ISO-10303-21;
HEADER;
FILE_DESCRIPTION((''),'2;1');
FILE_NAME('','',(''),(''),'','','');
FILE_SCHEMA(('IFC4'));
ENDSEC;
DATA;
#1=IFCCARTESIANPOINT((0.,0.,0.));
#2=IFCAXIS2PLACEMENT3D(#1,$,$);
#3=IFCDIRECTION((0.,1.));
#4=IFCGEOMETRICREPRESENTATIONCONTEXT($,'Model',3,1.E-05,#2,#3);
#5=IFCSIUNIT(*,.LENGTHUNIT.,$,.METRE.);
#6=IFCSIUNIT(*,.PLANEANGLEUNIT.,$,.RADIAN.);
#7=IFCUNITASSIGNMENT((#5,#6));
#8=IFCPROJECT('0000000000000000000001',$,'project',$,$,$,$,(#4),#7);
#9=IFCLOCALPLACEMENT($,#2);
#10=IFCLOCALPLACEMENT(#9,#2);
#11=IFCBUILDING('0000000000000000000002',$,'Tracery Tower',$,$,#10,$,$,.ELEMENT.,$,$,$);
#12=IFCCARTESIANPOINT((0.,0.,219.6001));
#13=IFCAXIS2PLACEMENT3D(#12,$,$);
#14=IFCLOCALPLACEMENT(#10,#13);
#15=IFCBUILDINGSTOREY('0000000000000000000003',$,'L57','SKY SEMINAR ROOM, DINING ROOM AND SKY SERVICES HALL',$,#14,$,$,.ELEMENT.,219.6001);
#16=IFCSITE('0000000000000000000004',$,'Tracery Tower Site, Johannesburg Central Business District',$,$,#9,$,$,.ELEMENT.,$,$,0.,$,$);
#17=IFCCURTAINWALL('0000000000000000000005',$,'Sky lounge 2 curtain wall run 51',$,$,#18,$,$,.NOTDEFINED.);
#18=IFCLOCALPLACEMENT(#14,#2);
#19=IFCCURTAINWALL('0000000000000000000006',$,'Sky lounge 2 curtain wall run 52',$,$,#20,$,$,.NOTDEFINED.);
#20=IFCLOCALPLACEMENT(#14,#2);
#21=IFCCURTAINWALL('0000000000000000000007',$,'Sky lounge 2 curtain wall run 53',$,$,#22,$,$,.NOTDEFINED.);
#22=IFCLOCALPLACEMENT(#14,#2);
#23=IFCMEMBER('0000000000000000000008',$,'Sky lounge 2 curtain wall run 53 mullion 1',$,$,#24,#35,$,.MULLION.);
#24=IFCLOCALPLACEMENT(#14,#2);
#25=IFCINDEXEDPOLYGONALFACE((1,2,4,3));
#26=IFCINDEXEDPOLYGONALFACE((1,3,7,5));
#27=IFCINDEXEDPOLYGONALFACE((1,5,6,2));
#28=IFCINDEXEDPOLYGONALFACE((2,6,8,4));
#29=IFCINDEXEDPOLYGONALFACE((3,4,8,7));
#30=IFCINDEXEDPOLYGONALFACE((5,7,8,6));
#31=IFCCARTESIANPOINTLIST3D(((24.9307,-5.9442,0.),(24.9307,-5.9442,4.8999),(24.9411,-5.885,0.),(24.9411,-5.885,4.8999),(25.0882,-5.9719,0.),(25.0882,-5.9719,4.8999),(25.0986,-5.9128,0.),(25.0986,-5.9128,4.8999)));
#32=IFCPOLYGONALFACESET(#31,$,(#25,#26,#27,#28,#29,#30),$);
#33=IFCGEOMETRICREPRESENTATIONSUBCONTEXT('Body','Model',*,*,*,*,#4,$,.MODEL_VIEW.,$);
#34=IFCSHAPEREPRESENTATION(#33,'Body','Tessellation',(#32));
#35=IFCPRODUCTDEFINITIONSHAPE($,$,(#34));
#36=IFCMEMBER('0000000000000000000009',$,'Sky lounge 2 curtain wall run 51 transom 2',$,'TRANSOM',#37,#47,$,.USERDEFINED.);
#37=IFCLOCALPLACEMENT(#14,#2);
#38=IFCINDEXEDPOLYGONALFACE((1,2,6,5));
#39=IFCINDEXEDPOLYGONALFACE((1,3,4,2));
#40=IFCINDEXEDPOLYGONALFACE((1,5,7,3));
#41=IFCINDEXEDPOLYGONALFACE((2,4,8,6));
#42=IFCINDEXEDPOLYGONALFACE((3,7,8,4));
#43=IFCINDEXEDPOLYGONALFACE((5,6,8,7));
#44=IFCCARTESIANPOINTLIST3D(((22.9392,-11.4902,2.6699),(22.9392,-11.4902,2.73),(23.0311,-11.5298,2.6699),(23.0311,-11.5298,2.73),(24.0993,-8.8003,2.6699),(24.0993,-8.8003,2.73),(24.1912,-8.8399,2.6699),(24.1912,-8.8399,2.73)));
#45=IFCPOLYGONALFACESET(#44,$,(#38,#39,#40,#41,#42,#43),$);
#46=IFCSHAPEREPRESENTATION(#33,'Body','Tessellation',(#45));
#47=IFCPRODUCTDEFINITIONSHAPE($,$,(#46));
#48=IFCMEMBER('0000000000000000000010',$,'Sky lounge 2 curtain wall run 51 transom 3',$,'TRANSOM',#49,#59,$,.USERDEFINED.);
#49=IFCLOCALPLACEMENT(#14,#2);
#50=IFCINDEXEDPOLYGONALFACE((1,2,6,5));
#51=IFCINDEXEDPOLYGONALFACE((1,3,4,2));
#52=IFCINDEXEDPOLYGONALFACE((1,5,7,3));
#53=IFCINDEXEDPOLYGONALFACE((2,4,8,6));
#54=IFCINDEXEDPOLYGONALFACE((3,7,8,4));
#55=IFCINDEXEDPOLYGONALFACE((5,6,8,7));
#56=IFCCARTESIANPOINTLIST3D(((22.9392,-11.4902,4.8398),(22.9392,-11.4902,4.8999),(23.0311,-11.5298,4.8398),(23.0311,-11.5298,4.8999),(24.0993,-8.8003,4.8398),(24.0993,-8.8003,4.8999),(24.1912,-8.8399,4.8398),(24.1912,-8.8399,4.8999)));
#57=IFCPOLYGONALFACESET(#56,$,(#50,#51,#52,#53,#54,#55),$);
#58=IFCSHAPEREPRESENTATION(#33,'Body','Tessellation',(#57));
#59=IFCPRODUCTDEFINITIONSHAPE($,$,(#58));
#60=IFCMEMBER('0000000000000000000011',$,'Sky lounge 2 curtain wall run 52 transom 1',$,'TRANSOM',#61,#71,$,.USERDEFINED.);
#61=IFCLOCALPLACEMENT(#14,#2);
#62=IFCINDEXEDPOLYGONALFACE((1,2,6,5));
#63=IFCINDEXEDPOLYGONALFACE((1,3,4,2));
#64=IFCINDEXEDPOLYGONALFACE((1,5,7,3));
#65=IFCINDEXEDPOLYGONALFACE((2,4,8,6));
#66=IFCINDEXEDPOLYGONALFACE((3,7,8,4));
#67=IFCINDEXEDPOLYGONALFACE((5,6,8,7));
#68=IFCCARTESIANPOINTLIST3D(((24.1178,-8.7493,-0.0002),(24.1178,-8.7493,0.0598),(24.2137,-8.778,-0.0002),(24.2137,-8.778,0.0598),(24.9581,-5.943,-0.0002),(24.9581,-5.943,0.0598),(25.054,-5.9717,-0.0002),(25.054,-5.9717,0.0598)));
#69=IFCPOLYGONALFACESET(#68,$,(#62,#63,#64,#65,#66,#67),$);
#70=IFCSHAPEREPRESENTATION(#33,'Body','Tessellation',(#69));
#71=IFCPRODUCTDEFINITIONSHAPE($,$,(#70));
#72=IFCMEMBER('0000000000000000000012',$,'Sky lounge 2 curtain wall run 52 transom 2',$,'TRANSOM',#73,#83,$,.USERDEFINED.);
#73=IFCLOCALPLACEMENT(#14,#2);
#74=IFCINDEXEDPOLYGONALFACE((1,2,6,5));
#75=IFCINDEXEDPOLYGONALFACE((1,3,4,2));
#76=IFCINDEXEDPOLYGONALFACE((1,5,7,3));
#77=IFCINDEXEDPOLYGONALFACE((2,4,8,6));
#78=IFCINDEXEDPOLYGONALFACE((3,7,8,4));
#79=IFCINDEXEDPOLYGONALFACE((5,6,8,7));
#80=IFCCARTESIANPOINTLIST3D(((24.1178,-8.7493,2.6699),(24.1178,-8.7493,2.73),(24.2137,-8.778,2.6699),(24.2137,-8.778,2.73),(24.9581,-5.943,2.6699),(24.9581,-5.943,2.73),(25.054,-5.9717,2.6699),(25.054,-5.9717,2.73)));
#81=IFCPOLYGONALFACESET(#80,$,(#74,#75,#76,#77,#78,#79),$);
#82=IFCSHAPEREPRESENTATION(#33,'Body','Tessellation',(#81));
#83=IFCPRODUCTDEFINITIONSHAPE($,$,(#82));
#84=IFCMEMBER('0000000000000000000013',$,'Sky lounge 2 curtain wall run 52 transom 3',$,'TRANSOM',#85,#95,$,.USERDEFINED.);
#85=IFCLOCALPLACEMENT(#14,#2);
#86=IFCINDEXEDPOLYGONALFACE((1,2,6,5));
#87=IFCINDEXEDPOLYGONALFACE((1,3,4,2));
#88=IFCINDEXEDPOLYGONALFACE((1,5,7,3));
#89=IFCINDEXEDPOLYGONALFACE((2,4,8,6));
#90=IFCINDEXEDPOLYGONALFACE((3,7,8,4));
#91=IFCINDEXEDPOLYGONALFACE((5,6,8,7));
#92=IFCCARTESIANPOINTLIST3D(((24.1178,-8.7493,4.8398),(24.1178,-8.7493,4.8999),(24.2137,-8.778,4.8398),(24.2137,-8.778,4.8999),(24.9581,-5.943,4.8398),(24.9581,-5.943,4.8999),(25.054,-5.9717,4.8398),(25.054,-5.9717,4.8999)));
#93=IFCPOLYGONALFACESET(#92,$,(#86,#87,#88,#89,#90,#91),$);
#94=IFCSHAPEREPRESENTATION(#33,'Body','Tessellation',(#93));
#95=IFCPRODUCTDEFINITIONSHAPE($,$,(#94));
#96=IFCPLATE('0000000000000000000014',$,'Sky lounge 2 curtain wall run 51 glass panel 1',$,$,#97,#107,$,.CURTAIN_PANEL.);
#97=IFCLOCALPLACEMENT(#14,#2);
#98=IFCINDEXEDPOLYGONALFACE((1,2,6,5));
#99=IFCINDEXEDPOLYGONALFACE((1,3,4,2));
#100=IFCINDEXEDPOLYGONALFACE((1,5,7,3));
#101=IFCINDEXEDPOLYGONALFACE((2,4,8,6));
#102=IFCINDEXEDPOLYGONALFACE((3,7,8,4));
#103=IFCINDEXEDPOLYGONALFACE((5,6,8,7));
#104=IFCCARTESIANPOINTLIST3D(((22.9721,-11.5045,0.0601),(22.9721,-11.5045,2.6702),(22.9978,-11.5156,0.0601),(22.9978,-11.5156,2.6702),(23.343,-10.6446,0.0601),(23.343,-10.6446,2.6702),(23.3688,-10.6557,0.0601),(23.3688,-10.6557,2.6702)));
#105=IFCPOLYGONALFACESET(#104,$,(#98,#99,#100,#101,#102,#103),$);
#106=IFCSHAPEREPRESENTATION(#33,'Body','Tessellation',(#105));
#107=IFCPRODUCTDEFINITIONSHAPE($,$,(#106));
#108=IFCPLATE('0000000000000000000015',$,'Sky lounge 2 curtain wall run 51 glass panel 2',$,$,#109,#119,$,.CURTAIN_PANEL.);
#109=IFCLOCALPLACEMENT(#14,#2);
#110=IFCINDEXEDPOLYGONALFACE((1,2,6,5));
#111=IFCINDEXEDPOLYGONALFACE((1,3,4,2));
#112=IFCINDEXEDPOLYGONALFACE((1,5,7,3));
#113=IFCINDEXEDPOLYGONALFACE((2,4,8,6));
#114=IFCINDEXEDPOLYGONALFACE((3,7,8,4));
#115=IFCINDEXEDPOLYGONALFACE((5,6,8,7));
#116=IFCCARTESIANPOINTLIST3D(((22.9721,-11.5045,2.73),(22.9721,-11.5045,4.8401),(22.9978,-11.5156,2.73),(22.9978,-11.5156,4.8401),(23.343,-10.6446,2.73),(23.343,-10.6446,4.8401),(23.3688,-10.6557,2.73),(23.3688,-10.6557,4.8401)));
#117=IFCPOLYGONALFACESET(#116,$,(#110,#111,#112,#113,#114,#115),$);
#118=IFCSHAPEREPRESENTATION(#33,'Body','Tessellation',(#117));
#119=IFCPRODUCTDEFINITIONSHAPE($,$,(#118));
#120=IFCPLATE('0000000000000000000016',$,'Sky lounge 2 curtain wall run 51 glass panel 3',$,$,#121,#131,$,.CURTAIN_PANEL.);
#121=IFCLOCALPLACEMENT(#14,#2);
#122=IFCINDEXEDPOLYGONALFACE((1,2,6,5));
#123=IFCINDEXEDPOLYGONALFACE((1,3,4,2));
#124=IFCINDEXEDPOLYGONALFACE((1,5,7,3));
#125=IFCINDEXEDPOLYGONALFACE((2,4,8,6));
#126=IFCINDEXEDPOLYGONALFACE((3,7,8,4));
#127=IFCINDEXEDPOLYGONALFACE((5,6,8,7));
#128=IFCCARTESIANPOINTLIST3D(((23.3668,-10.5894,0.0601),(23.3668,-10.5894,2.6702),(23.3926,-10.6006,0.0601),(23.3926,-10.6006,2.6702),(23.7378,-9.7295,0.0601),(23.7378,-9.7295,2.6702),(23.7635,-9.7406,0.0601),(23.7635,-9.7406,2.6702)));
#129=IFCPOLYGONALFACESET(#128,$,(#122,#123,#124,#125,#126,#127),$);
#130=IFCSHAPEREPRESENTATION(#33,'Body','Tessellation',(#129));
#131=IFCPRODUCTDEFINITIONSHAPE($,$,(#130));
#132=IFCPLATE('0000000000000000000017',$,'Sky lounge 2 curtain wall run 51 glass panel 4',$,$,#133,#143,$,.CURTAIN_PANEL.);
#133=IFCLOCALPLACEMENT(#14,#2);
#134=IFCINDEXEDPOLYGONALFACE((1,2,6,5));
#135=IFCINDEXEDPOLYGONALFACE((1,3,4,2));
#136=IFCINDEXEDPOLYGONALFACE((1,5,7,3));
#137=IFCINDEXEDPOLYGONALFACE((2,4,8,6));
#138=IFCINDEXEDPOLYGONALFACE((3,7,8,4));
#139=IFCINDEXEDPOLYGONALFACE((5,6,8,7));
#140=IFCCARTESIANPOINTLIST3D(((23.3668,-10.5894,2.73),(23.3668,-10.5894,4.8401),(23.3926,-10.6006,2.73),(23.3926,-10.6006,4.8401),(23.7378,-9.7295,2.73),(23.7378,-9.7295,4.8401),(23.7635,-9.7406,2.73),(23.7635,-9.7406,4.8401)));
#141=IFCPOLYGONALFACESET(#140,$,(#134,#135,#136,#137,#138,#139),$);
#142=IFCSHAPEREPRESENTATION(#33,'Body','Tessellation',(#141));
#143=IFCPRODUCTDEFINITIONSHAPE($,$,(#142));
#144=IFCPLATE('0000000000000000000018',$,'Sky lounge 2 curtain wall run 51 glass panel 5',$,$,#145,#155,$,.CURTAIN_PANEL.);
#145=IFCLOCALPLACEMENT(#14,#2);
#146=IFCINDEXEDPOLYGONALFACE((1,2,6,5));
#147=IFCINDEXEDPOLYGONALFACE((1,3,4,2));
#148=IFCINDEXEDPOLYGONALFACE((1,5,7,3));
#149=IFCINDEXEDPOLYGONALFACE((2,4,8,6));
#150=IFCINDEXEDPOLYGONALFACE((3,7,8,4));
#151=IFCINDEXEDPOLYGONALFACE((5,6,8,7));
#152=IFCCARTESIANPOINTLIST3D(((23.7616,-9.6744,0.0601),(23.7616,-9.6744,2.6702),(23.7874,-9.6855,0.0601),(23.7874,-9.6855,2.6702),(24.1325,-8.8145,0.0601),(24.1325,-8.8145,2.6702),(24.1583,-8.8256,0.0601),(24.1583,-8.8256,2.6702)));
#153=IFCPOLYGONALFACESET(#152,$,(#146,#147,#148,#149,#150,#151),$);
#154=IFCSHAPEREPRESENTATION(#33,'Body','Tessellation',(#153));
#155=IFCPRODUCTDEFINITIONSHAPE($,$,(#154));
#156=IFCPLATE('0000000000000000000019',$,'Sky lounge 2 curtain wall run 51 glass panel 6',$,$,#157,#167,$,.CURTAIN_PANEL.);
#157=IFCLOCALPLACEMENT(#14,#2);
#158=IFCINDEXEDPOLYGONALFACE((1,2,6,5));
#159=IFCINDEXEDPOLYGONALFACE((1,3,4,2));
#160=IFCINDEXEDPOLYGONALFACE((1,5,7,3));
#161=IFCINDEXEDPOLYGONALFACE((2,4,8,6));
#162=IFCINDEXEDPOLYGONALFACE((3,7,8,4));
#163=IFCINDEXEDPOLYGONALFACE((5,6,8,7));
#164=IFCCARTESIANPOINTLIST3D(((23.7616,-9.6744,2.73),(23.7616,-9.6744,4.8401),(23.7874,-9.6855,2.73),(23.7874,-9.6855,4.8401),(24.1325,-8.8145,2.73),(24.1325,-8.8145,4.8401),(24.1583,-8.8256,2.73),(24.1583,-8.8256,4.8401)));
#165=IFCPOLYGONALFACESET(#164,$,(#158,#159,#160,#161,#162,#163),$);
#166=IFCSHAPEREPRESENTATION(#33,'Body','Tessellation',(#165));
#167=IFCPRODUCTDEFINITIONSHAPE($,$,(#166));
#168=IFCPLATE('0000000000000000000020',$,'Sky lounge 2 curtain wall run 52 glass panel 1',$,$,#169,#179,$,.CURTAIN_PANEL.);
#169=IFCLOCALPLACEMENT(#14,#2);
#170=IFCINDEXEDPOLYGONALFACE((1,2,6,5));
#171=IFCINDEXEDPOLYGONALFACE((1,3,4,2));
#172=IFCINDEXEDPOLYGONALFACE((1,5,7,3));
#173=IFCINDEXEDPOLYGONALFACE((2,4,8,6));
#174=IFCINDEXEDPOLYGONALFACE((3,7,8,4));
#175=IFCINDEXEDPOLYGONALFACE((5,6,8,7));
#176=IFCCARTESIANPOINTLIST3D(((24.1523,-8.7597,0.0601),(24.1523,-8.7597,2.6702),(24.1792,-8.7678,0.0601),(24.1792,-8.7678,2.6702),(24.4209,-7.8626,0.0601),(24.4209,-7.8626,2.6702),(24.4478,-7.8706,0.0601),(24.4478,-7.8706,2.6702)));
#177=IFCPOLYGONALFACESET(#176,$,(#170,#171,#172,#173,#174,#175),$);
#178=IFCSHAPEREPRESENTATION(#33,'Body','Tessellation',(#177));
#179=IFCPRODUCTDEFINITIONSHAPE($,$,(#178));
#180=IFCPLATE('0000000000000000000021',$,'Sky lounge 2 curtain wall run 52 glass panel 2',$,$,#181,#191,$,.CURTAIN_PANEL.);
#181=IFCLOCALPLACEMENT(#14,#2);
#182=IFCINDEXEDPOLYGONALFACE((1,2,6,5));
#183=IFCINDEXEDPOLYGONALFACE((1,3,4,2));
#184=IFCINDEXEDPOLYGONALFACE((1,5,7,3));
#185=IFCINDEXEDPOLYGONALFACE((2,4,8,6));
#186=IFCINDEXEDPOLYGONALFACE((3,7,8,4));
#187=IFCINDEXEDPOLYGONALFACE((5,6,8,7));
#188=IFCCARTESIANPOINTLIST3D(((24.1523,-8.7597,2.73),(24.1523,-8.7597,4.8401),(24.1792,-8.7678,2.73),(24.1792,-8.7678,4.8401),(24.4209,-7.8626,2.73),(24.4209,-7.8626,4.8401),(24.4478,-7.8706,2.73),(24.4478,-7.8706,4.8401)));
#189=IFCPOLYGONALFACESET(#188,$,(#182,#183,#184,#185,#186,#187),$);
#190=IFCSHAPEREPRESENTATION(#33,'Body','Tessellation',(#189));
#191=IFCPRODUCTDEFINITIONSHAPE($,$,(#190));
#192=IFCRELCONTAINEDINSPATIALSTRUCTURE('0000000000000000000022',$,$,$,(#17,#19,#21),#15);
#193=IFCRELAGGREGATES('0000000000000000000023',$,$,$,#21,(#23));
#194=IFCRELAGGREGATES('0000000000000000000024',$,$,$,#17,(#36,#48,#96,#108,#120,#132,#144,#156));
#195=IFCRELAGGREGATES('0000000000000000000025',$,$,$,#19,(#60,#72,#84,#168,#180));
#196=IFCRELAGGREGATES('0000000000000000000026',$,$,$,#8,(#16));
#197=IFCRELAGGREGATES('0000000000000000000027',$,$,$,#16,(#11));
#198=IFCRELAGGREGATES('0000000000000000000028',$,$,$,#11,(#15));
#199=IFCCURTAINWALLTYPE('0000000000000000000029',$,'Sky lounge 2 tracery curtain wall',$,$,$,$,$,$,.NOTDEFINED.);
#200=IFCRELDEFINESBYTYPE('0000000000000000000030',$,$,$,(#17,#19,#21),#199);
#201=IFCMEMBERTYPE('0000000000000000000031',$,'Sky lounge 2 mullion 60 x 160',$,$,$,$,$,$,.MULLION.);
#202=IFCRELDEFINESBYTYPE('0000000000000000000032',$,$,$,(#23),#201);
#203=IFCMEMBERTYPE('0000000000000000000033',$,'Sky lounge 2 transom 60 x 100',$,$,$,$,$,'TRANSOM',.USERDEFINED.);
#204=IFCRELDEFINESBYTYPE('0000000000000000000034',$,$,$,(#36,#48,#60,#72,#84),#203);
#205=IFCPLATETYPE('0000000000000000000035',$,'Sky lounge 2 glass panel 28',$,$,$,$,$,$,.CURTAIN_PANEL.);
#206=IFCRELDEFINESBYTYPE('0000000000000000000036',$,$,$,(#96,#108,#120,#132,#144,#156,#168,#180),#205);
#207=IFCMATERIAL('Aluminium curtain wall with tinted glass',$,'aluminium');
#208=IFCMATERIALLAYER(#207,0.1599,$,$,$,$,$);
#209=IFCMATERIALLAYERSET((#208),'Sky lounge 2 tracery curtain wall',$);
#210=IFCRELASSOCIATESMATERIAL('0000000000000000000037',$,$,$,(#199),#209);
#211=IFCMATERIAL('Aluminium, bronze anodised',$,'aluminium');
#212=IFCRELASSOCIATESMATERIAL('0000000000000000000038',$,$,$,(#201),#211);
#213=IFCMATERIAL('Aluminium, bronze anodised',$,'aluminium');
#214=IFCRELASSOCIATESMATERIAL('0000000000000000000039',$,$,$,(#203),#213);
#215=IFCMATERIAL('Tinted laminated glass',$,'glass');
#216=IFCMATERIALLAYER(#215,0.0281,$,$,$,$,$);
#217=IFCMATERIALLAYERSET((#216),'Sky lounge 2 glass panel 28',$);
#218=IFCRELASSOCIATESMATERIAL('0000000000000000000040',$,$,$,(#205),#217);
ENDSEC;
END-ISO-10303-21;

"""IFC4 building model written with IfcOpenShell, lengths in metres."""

from ifc_helpers import new_model, si_unit, direction, frame, origin, origin_2d, place, context, subcontext, project, spatial, rectangle, extrude, material, layer, layer_set, material_profile, profile_set, type_object, element, aggregate, save


model = new_model("IFC4")

# Units and contexts
model_context = context("Model", 3, precision=1e-05, world=origin(), true_north=direction((0.0, 1.0)))
body_context = subcontext(model_context, "Body", "Model", "MODEL_VIEW")
ifc_project = project(units=[si_unit("LENGTHUNIT", "METRE"), si_unit("PLANEANGLEUNIT", "RADIAN")], contexts=[model_context])

# Site, building, storey
site_placement = place(None, origin())
site = spatial("IfcSite", under=ifc_project, at=site_placement, Name="Tracery Tower Site, Johannesburg Central Business District", CompositionType="ELEMENT", RefElevation=0.0)
building_placement = place(site_placement, origin())
building = spatial("IfcBuilding", under=site, at=building_placement, Name="Tracery Tower", CompositionType="ELEMENT")
storey_placement = place(building_placement, frame((0.0, 0.0, 219.6001)))
storey = spatial("IfcBuildingStorey", under=building, at=storey_placement, Name="L57", Description="SKY SEMINAR ROOM, DINING ROOM AND SKY SERVICES HALL", CompositionType="ELEMENT", Elevation=219.6001)

# Curtain walls
ifc_material_1 = material(Name="Aluminium curtain wall with tinted glass", Category="aluminium")
ifc_layer_1 = layer(ifc_material_1, 0.1599)
ifc_layer_set_1 = layer_set([ifc_layer_1], Name="Sky lounge 2 tracery curtain wall")
curtain_wall_type = type_object("IfcCurtainWallType", Name="Sky lounge 2 tracery curtain wall", PredefinedType="NOTDEFINED", material=ifc_layer_set_1)
curtain_wall_1_placement = place(storey_placement, origin())
curtain_wall_1 = element("IfcCurtainWall", 1, at=curtain_wall_1_placement, inside=storey, type_object=curtain_wall_type, Name="Sky lounge 2 curtain wall run 51", PredefinedType="NOTDEFINED")
ifc_material_2 = material(Name="Aluminium, bronze anodised", Category="aluminium")
ifc_material_profile_1 = material_profile(ifc_material_2, rectangle(XDim=0.1599, YDim=0.0601, at=origin_2d()), Name="AL 60x160")
ifc_profile_set_1 = profile_set([ifc_material_profile_1], Name="Aluminium, bronze anodised")
member_type_1 = type_object("IfcMemberType", Name="Sky lounge 2 mullion 60 x 160", PredefinedType="MULLION", material=ifc_profile_set_1)
curtain_wall_2_placement = place(storey_placement, origin())
curtain_wall_2 = element("IfcCurtainWall", 2, at=curtain_wall_2_placement, inside=storey, type_object=curtain_wall_type, Name="Sky lounge 2 curtain wall run 52", PredefinedType="NOTDEFINED")

# Curtain wall, member
curtain_wall_3_placement = place(storey_placement, origin())
curtain_wall_3 = element("IfcCurtainWall", 3, at=curtain_wall_3_placement, inside=storey, type_object=curtain_wall_type, Name="Sky lounge 2 curtain wall run 53", PredefinedType="NOTDEFINED")
member_1_placement = place(storey_placement, frame((25.0146, -5.9285, 0.0), z_axis=(0.0, 0.0, 1.0), x_axis=(-0.984808, 0.173648, 0.0)))
member_1 = element("IfcMember", 4, at=member_1_placement, type_object=member_type_1, Name="Sky lounge 2 curtain wall run 53 mullion 1", PredefinedType="MULLION", context=body_context, shape_type="SweptSolid", body=[
    extrude(rectangle(XDim=0.1599, YDim=0.0601, at=origin_2d()), origin(), (0.0, 0.0, 1.0), 4.8999),
])
aggregate(curtain_wall_3, [member_1])

# Members
ifc_material_3 = material(Name="Aluminium, bronze anodised", Category="aluminium")
ifc_material_profile_2 = material_profile(ifc_material_3, rectangle(XDim=0.1001, YDim=0.0601, at=origin_2d()), Name="AL 60x100")
ifc_profile_set_2 = profile_set([ifc_material_profile_2], Name="Aluminium, bronze anodised")
member_type_2 = type_object("IfcMemberType", Name="Sky lounge 2 transom 60 x 100", ElementType="TRANSOM", PredefinedType="USERDEFINED", material=ifc_profile_set_2)
member_2_placement = place(storey_placement, frame((22.9851, -11.51, 2.7), z_axis=(0.39603, 0.918237, 0.0), x_axis=(-0.918237, 0.39603, 0.0)))
member_2 = element("IfcMember", 5, at=member_2_placement, type_object=member_type_2, Name="Sky lounge 2 curtain wall run 51 transom 2", ObjectType="TRANSOM", PredefinedType="USERDEFINED", context=body_context, shape_type="SweptSolid", body=[
    extrude(rectangle(XDim=0.1001, YDim=0.0601, at=origin_2d()), origin(), (0.0, 0.0, 1.0), 2.9294),
])
member_3_placement = place(storey_placement, frame((22.9851, -11.51, 4.8699), z_axis=(0.39603, 0.918237, 0.0), x_axis=(-0.918237, 0.39603, 0.0)))
member_3 = element("IfcMember", 6, at=member_3_placement, type_object=member_type_2, Name="Sky lounge 2 curtain wall run 51 transom 3", ObjectType="TRANSOM", PredefinedType="USERDEFINED", context=body_context, shape_type="SweptSolid", body=[
    extrude(rectangle(XDim=0.1001, YDim=0.0601, at=origin_2d()), origin(), (0.0, 0.0, 1.0), 2.9294),
])
member_4_placement = place(storey_placement, frame((24.1658, -8.7637, 0.0298), z_axis=(0.286851, 0.957975, 0.0), x_axis=(-0.957975, 0.286851, 0.0)))
member_4 = element("IfcMember", 7, at=member_4_placement, type_object=member_type_2, Name="Sky lounge 2 curtain wall run 52 transom 1", ObjectType="TRANSOM", PredefinedType="USERDEFINED", context=body_context, shape_type="SweptSolid", body=[
    extrude(rectangle(XDim=0.1001, YDim=0.0601, at=origin_2d()), origin(), (0.0, 0.0, 1.0), 2.9294),
])
member_5_placement = place(storey_placement, frame((24.1658, -8.7637, 2.7), z_axis=(0.286851, 0.957975, 0.0), x_axis=(-0.957975, 0.286851, 0.0)))
member_5 = element("IfcMember", 8, at=member_5_placement, type_object=member_type_2, Name="Sky lounge 2 curtain wall run 52 transom 2", ObjectType="TRANSOM", PredefinedType="USERDEFINED", context=body_context, shape_type="SweptSolid", body=[
    extrude(rectangle(XDim=0.1001, YDim=0.0601, at=origin_2d()), origin(), (0.0, 0.0, 1.0), 2.9294),
])
member_6_placement = place(storey_placement, frame((24.1658, -8.7637, 4.8699), z_axis=(0.286851, 0.957975, 0.0), x_axis=(-0.957975, 0.286851, 0.0)))
member_6 = element("IfcMember", 9, at=member_6_placement, type_object=member_type_2, Name="Sky lounge 2 curtain wall run 52 transom 3", ObjectType="TRANSOM", PredefinedType="USERDEFINED", context=body_context, shape_type="SweptSolid", body=[
    extrude(rectangle(XDim=0.1001, YDim=0.0601, at=origin_2d()), origin(), (0.0, 0.0, 1.0), 2.9294),
])

# Plates
ifc_material_4 = material(Name="Tinted laminated glass", Category="glass")
ifc_layer_2 = layer(ifc_material_4, 0.0281)
ifc_layer_set_2 = layer_set([ifc_layer_2], Name="Sky lounge 2 glass panel 28")
plate_type = type_object("IfcPlateType", Name="Sky lounge 2 glass panel 28", PredefinedType="CURTAIN_PANEL", material=ifc_layer_set_2)
plate_1_placement = place(storey_placement, frame((23.1704, -11.0801, 0.0601), z_axis=(0.0, 0.0, 1.0), x_axis=(0.39608, 0.918216, 0.0)))
plate_1 = element("IfcPlate", 10, at=plate_1_placement, type_object=plate_type, Name="Sky lounge 2 curtain wall run 51 glass panel 1", PredefinedType="CURTAIN_PANEL", context=body_context, shape_type="SweptSolid", body=[
    extrude(rectangle(XDim=0.9365, YDim=0.0281, at=origin_2d()), origin(), (0.0, 0.0, 1.0), 2.6101),
])
plate_2_placement = place(storey_placement, frame((23.1704, -11.0801, 2.73), z_axis=(0.0, 0.0, 1.0), x_axis=(0.39608, 0.918216, 0.0)))
plate_2 = element("IfcPlate", 11, at=plate_2_placement, type_object=plate_type, Name="Sky lounge 2 curtain wall run 51 glass panel 2", PredefinedType="CURTAIN_PANEL", context=body_context, shape_type="SweptSolid", body=[
    extrude(rectangle(XDim=0.9365, YDim=0.0281, at=origin_2d()), origin(), (0.0, 0.0, 1.0), 2.1101),
])
plate_3_placement = place(storey_placement, frame((23.5652, -10.165, 0.0601), z_axis=(0.0, 0.0, 1.0), x_axis=(0.39608, 0.918216, 0.0)))
plate_3 = element("IfcPlate", 12, at=plate_3_placement, type_object=plate_type, Name="Sky lounge 2 curtain wall run 51 glass panel 3", PredefinedType="CURTAIN_PANEL", context=body_context, shape_type="SweptSolid", body=[
    extrude(rectangle(XDim=0.9365, YDim=0.0281, at=origin_2d()), origin(), (0.0, 0.0, 1.0), 2.6101),
])
plate_4_placement = place(storey_placement, frame((23.5652, -10.165, 2.73), z_axis=(0.0, 0.0, 1.0), x_axis=(0.39608, 0.918216, 0.0)))
plate_4 = element("IfcPlate", 13, at=plate_4_placement, type_object=plate_type, Name="Sky lounge 2 curtain wall run 51 glass panel 4", PredefinedType="CURTAIN_PANEL", context=body_context, shape_type="SweptSolid", body=[
    extrude(rectangle(XDim=0.9365, YDim=0.0281, at=origin_2d()), origin(), (0.0, 0.0, 1.0), 2.1101),
])
plate_5_placement = place(storey_placement, frame((23.96, -9.25, 0.0601), z_axis=(0.0, 0.0, 1.0), x_axis=(0.39608, 0.918216, 0.0)))
plate_5 = element("IfcPlate", 14, at=plate_5_placement, type_object=plate_type, Name="Sky lounge 2 curtain wall run 51 glass panel 5", PredefinedType="CURTAIN_PANEL", context=body_context, shape_type="SweptSolid", body=[
    extrude(rectangle(XDim=0.9365, YDim=0.0281, at=origin_2d()), origin(), (0.0, 0.0, 1.0), 2.6101),
])
plate_6_placement = place(storey_placement, frame((23.96, -9.25, 2.73), z_axis=(0.0, 0.0, 1.0), x_axis=(0.39608, 0.918216, 0.0)))
plate_6 = element("IfcPlate", 15, at=plate_6_placement, type_object=plate_type, Name="Sky lounge 2 curtain wall run 51 glass panel 6", PredefinedType="CURTAIN_PANEL", context=body_context, shape_type="SweptSolid", body=[
    extrude(rectangle(XDim=0.9365, YDim=0.0281, at=origin_2d()), origin(), (0.0, 0.0, 1.0), 2.1101),
])
aggregate(curtain_wall_1, [member_2, member_3, plate_1, plate_2, plate_3, plate_4, plate_5, plate_6])
plate_7_placement = place(storey_placement, frame((24.3, -8.3152, 0.0601), z_axis=(0.0, 0.0, 1.0), x_axis=(0.286803, 0.95799, 0.0)))
plate_7 = element("IfcPlate", 16, at=plate_7_placement, type_object=plate_type, Name="Sky lounge 2 curtain wall run 52 glass panel 1", PredefinedType="CURTAIN_PANEL", context=body_context, shape_type="SweptSolid", body=[
    extrude(rectangle(XDim=0.9365, YDim=0.0281, at=origin_2d()), origin(), (0.0, 0.0, 1.0), 2.6101),
])
plate_8_placement = place(storey_placement, frame((24.3, -8.3152, 2.73), z_axis=(0.0, 0.0, 1.0), x_axis=(0.286803, 0.95799, 0.0)))
plate_8 = element("IfcPlate", 17, at=plate_8_placement, type_object=plate_type, Name="Sky lounge 2 curtain wall run 52 glass panel 2", PredefinedType="CURTAIN_PANEL", context=body_context, shape_type="SweptSolid", body=[
    extrude(rectangle(XDim=0.9365, YDim=0.0281, at=origin_2d()), origin(), (0.0, 0.0, 1.0), 2.1101),
])
aggregate(curtain_wall_2, [member_4, member_5, member_6, plate_7, plate_8])

save(model, "model.ifc")
